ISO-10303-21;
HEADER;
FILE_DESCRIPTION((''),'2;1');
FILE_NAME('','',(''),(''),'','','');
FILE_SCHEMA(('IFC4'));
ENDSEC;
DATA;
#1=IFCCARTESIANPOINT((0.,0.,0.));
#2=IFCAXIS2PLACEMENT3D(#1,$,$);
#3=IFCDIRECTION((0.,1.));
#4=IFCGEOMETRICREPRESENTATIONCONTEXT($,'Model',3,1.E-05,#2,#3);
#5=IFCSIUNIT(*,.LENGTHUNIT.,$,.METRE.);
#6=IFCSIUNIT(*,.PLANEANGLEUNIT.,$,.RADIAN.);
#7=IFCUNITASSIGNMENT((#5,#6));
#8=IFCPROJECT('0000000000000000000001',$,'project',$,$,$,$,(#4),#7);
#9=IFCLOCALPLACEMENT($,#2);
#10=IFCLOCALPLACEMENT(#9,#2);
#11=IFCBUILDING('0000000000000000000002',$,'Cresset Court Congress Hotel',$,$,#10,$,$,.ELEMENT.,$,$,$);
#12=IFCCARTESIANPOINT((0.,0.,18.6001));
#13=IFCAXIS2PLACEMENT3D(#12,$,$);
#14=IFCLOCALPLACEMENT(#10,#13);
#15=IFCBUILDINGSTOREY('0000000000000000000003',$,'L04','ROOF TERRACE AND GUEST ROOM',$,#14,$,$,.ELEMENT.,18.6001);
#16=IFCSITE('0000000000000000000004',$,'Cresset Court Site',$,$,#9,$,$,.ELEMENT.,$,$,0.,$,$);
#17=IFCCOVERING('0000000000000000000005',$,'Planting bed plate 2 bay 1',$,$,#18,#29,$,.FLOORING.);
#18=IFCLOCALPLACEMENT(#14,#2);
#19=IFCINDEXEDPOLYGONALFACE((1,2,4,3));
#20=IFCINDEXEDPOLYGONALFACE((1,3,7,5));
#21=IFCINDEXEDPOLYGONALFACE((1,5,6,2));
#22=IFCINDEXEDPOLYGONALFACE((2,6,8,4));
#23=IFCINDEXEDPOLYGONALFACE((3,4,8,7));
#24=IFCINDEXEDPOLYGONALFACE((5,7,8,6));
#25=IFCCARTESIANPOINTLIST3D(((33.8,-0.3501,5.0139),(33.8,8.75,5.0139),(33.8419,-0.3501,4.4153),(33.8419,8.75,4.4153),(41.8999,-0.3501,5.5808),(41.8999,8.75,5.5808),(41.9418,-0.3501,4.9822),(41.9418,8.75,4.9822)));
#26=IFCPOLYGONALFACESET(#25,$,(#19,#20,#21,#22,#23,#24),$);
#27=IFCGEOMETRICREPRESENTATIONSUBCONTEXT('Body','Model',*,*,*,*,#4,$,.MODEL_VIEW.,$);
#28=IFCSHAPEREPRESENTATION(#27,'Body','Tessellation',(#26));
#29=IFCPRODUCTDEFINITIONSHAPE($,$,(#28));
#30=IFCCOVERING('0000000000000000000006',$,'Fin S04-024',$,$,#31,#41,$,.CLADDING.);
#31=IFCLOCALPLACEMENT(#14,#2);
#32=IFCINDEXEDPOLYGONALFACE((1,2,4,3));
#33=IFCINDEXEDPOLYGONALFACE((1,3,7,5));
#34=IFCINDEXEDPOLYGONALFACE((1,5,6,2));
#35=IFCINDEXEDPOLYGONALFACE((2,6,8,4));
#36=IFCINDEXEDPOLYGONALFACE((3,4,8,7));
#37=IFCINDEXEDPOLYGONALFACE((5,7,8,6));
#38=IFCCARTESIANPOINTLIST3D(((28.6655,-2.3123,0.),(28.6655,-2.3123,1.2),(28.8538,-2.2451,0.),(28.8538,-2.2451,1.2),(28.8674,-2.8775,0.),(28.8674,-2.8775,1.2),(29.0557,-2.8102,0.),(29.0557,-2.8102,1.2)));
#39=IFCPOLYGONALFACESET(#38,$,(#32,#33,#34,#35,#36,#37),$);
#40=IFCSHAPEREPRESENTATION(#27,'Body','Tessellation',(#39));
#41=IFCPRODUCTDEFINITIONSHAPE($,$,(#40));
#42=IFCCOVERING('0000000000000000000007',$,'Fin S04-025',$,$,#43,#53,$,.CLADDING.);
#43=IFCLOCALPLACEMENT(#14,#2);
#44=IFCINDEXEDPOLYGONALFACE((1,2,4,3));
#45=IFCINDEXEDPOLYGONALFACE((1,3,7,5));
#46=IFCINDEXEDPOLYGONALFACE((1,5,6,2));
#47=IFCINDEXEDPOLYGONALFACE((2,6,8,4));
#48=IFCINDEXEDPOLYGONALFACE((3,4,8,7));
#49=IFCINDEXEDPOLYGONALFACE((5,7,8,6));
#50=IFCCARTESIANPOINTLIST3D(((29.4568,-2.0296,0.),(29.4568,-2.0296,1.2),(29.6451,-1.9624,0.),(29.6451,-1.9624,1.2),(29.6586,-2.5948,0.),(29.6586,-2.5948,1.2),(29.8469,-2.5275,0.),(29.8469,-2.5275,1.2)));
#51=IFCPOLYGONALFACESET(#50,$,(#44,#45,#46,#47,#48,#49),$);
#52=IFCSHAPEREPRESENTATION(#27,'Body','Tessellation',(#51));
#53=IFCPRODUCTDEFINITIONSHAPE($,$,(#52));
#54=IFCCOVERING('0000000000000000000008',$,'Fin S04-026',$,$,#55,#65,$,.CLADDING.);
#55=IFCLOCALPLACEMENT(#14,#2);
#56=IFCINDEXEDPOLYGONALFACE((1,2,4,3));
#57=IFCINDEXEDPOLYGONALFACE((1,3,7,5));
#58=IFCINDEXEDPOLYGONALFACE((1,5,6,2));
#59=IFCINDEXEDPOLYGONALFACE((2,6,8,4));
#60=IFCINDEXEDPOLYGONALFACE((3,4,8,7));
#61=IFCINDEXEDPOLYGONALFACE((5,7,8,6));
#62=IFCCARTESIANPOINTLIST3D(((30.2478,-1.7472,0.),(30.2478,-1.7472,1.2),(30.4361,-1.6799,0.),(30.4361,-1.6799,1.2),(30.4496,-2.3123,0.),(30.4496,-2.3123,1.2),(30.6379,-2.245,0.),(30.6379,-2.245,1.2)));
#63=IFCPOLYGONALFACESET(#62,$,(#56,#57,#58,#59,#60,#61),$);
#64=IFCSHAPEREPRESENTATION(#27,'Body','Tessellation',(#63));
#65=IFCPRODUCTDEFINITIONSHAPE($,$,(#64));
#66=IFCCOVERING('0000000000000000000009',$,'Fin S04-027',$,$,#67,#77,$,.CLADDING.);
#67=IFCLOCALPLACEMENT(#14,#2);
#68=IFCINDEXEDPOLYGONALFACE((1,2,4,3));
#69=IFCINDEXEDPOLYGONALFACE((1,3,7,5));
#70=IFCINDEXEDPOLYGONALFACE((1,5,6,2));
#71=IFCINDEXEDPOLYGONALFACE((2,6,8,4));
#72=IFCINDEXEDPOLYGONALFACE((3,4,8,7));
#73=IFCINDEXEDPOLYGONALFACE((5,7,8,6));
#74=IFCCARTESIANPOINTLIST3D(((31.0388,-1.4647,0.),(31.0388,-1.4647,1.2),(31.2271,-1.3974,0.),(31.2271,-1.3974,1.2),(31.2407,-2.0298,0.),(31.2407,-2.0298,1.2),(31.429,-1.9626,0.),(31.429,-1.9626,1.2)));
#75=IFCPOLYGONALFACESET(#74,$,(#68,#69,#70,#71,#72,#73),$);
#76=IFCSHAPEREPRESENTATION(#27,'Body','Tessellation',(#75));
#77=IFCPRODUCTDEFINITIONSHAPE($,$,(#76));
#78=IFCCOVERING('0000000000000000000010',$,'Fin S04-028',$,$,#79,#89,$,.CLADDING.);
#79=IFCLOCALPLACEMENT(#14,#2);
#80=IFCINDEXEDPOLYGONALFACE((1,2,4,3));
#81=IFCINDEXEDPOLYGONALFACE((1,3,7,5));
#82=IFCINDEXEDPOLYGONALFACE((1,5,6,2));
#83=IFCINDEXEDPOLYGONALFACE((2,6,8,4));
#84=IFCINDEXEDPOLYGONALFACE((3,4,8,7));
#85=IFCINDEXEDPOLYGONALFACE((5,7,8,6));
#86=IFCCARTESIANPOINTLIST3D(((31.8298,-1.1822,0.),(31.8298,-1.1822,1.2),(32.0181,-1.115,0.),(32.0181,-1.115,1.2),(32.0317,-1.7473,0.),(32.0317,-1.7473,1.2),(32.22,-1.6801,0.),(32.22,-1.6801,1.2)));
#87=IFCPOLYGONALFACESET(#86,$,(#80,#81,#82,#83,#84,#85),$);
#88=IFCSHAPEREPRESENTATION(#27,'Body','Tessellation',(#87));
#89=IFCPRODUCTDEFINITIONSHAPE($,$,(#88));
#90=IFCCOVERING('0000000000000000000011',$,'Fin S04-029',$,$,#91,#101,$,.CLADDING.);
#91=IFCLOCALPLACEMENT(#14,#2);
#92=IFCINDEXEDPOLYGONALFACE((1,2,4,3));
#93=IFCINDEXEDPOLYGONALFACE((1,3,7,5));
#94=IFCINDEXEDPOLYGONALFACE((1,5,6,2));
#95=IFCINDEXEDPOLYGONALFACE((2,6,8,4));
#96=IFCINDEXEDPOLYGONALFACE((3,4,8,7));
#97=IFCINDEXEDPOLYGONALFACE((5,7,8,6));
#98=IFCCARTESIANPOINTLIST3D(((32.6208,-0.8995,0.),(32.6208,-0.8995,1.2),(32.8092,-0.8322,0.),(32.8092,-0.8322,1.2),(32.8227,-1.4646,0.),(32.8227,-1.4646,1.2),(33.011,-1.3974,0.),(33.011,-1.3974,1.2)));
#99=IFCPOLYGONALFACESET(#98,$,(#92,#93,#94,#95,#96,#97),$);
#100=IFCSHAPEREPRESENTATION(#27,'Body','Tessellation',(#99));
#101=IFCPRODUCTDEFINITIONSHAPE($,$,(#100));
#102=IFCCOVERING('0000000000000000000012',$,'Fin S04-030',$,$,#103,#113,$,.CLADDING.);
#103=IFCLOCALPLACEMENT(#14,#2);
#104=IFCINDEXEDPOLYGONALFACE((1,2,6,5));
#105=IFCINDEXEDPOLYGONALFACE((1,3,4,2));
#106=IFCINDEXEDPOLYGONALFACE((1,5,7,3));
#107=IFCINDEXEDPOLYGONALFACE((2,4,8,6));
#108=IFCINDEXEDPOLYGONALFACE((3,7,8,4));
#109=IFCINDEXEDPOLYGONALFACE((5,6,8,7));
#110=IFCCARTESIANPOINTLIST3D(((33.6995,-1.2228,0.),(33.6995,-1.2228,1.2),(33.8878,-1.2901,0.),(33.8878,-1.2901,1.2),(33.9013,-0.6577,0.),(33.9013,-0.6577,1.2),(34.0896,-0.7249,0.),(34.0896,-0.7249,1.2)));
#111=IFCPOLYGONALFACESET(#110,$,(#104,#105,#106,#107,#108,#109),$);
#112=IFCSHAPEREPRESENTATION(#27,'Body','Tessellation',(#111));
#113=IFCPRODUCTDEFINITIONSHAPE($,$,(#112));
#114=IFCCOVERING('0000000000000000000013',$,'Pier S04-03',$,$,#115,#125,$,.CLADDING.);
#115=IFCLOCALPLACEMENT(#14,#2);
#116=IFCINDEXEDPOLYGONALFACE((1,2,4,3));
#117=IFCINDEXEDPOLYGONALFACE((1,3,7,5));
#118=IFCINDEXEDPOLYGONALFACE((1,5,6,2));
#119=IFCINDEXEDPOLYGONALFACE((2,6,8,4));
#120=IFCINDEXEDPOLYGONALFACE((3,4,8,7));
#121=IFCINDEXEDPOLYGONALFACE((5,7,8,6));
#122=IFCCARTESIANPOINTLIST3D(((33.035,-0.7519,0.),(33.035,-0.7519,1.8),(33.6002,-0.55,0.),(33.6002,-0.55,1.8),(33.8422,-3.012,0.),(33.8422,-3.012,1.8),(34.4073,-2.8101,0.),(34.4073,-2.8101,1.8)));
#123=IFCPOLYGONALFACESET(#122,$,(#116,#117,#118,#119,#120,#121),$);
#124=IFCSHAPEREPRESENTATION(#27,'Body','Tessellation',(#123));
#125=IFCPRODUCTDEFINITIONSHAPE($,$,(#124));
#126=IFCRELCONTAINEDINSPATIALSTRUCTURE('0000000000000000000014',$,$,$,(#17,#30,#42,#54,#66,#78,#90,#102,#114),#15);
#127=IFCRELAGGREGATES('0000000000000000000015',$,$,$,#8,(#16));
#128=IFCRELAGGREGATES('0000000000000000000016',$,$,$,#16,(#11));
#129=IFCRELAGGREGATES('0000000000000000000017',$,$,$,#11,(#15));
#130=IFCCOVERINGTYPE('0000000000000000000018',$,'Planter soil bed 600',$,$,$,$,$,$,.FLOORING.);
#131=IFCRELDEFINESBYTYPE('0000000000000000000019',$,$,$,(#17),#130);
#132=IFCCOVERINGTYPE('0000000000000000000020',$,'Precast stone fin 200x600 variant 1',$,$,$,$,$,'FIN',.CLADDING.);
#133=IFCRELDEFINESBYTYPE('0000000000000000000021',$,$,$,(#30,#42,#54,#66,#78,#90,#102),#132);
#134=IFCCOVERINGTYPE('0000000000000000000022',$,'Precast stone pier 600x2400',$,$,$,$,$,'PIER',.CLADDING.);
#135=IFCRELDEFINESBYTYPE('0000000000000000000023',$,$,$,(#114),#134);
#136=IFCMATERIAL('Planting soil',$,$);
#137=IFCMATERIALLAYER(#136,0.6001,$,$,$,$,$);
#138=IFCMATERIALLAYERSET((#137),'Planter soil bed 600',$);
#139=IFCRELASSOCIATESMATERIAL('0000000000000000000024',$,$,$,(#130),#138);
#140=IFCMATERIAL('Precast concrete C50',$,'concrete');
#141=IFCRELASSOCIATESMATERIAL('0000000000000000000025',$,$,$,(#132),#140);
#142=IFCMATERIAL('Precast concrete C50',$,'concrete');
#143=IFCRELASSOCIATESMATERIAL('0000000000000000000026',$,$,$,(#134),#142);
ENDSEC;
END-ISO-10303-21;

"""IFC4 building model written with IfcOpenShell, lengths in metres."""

from ifc_helpers import new_model, si_unit, direction, frame, origin, origin_2d, place, context, subcontext, project, spatial, polyline, rectangle, outline, extrude, material, layer, layer_set, type_object, element, save


model = new_model("IFC4")

# Units and contexts
model_context = context("Model", 3, precision=1e-05, world=origin(), true_north=direction((0.0, 1.0)))
body_context = subcontext(model_context, "Body", "Model", "MODEL_VIEW")
ifc_project = project(units=[si_unit("LENGTHUNIT", "METRE"), si_unit("PLANEANGLEUNIT", "RADIAN")], contexts=[model_context])

# Site, building, storey
site_placement = place(None, origin())
site = spatial("IfcSite", under=ifc_project, at=site_placement, Name="Cresset Court Site", CompositionType="ELEMENT", RefElevation=0.0)
building_placement = place(site_placement, origin())
building = spatial("IfcBuilding", under=site, at=building_placement, Name="Cresset Court Congress Hotel", CompositionType="ELEMENT")
storey_placement = place(building_placement, frame((0.0, 0.0, 18.6001)))
storey = spatial("IfcBuildingStorey", under=building, at=storey_placement, Name="L04", Description="ROOF TERRACE AND GUEST ROOM", CompositionType="ELEMENT", Elevation=18.6001)

# Coverings
ifc_material_1 = material(Name="Planting soil")
ifc_layer_1 = layer(ifc_material_1, 0.6001)
ifc_layer_set_1 = layer_set([ifc_layer_1], Name="Planter soil bed 600")
covering_type_1 = type_object("IfcCoveringType", Name="Planter soil bed 600", PredefinedType="FLOORING", material=ifc_layer_set_1)
covering_1_placement = place(storey_placement, frame((33.8, -0.3501, 5.0139), z_axis=(-0.069817, 0.0, 0.99756), x_axis=(0.99756, 0.0, 0.069817)))
element("IfcCovering", 1, at=covering_1_placement, inside=storey, type_object=covering_type_1, Name="Planting bed plate 2 bay 1", PredefinedType="FLOORING", context=body_context, shape_type="SweptSolid", body=[
    extrude(outline(polyline([(0.0, 0.0), (8.1197, 0.0), (8.1197, 9.1001), (0.0, 9.1001), (0.0, 0.0)])), origin(), (0.0, 0.0, -1.0), 0.6001),
])
ifc_material_2 = material(Name="Precast concrete C50", Category="concrete")
covering_type_2 = type_object("IfcCoveringType", Name="Precast stone fin 200x600 variant 1", ElementType="FIN", PredefinedType="CLADDING", material=ifc_material_2)
for number, where, z_axis, x_axis, name in (
    (2, (28.8606, -2.5613, 0.0), (0.0, 0.0, 1.0), (0.941742, 0.336336, 0.0), "Fin S04-024"),
    (3, (29.6519, -2.2786, 0.0), (0.0, 0.0, 1.0), (0.941742, 0.336336, 0.0), "Fin S04-025"),
    (4, (30.4429, -1.9961, 0.0), (0.0, 0.0, 1.0), (0.941742, 0.336336, 0.0), "Fin S04-026"),
    (5, (31.2339, -1.7136, 0.0), (0.0, 0.0, 1.0), (0.941742, 0.336336, 0.0), "Fin S04-027"),
    (6, (32.0249, -1.4312, 0.0), (0.0, 0.0, 1.0), (0.941742, 0.336336, 0.0), "Fin S04-028"),
    (7, (32.8159, -1.1484, 0.0), (0.0, 0.0, 1.0), (0.941742, 0.336336, 0.0), "Fin S04-029"),
    (8, (33.8945, -0.9739, 0.0), (0.0, 0.0, 1.0), (0.941742, -0.336336, 0.0), "Fin S04-030"),
):
    element("IfcCovering", number, at=place(storey_placement, frame(where, z_axis=z_axis, x_axis=x_axis)), inside=storey, type_object=covering_type_2, Name=name, PredefinedType="CLADDING", context=body_context, shape_type="SweptSolid", body=[
        extrude(rectangle(XDim=0.2, YDim=0.6001, at=origin_2d()), origin(), (0.0, 0.0, 1.0), 1.2),
    ])
ifc_material_3 = material(Name="Precast concrete C50", Category="concrete")
covering_type_3 = type_object("IfcCoveringType", Name="Precast stone pier 600x2400", ElementType="PIER", PredefinedType="CLADDING", material=ifc_material_3)
covering_2_placement = place(storey_placement, frame((33.7212, -1.781, 0.0), z_axis=(0.0, 0.0, 1.0), x_axis=(0.941742, 0.336336, 0.0)))
element("IfcCovering", 9, at=covering_2_placement, inside=storey, type_object=covering_type_3, Name="Pier S04-03", PredefinedType="CLADDING", context=body_context, shape_type="SweptSolid", body=[
    extrude(rectangle(XDim=0.6001, YDim=2.3999, at=origin_2d()), origin(), (0.0, 0.0, 1.0), 1.8),
])

save(model, "model.ifc")
